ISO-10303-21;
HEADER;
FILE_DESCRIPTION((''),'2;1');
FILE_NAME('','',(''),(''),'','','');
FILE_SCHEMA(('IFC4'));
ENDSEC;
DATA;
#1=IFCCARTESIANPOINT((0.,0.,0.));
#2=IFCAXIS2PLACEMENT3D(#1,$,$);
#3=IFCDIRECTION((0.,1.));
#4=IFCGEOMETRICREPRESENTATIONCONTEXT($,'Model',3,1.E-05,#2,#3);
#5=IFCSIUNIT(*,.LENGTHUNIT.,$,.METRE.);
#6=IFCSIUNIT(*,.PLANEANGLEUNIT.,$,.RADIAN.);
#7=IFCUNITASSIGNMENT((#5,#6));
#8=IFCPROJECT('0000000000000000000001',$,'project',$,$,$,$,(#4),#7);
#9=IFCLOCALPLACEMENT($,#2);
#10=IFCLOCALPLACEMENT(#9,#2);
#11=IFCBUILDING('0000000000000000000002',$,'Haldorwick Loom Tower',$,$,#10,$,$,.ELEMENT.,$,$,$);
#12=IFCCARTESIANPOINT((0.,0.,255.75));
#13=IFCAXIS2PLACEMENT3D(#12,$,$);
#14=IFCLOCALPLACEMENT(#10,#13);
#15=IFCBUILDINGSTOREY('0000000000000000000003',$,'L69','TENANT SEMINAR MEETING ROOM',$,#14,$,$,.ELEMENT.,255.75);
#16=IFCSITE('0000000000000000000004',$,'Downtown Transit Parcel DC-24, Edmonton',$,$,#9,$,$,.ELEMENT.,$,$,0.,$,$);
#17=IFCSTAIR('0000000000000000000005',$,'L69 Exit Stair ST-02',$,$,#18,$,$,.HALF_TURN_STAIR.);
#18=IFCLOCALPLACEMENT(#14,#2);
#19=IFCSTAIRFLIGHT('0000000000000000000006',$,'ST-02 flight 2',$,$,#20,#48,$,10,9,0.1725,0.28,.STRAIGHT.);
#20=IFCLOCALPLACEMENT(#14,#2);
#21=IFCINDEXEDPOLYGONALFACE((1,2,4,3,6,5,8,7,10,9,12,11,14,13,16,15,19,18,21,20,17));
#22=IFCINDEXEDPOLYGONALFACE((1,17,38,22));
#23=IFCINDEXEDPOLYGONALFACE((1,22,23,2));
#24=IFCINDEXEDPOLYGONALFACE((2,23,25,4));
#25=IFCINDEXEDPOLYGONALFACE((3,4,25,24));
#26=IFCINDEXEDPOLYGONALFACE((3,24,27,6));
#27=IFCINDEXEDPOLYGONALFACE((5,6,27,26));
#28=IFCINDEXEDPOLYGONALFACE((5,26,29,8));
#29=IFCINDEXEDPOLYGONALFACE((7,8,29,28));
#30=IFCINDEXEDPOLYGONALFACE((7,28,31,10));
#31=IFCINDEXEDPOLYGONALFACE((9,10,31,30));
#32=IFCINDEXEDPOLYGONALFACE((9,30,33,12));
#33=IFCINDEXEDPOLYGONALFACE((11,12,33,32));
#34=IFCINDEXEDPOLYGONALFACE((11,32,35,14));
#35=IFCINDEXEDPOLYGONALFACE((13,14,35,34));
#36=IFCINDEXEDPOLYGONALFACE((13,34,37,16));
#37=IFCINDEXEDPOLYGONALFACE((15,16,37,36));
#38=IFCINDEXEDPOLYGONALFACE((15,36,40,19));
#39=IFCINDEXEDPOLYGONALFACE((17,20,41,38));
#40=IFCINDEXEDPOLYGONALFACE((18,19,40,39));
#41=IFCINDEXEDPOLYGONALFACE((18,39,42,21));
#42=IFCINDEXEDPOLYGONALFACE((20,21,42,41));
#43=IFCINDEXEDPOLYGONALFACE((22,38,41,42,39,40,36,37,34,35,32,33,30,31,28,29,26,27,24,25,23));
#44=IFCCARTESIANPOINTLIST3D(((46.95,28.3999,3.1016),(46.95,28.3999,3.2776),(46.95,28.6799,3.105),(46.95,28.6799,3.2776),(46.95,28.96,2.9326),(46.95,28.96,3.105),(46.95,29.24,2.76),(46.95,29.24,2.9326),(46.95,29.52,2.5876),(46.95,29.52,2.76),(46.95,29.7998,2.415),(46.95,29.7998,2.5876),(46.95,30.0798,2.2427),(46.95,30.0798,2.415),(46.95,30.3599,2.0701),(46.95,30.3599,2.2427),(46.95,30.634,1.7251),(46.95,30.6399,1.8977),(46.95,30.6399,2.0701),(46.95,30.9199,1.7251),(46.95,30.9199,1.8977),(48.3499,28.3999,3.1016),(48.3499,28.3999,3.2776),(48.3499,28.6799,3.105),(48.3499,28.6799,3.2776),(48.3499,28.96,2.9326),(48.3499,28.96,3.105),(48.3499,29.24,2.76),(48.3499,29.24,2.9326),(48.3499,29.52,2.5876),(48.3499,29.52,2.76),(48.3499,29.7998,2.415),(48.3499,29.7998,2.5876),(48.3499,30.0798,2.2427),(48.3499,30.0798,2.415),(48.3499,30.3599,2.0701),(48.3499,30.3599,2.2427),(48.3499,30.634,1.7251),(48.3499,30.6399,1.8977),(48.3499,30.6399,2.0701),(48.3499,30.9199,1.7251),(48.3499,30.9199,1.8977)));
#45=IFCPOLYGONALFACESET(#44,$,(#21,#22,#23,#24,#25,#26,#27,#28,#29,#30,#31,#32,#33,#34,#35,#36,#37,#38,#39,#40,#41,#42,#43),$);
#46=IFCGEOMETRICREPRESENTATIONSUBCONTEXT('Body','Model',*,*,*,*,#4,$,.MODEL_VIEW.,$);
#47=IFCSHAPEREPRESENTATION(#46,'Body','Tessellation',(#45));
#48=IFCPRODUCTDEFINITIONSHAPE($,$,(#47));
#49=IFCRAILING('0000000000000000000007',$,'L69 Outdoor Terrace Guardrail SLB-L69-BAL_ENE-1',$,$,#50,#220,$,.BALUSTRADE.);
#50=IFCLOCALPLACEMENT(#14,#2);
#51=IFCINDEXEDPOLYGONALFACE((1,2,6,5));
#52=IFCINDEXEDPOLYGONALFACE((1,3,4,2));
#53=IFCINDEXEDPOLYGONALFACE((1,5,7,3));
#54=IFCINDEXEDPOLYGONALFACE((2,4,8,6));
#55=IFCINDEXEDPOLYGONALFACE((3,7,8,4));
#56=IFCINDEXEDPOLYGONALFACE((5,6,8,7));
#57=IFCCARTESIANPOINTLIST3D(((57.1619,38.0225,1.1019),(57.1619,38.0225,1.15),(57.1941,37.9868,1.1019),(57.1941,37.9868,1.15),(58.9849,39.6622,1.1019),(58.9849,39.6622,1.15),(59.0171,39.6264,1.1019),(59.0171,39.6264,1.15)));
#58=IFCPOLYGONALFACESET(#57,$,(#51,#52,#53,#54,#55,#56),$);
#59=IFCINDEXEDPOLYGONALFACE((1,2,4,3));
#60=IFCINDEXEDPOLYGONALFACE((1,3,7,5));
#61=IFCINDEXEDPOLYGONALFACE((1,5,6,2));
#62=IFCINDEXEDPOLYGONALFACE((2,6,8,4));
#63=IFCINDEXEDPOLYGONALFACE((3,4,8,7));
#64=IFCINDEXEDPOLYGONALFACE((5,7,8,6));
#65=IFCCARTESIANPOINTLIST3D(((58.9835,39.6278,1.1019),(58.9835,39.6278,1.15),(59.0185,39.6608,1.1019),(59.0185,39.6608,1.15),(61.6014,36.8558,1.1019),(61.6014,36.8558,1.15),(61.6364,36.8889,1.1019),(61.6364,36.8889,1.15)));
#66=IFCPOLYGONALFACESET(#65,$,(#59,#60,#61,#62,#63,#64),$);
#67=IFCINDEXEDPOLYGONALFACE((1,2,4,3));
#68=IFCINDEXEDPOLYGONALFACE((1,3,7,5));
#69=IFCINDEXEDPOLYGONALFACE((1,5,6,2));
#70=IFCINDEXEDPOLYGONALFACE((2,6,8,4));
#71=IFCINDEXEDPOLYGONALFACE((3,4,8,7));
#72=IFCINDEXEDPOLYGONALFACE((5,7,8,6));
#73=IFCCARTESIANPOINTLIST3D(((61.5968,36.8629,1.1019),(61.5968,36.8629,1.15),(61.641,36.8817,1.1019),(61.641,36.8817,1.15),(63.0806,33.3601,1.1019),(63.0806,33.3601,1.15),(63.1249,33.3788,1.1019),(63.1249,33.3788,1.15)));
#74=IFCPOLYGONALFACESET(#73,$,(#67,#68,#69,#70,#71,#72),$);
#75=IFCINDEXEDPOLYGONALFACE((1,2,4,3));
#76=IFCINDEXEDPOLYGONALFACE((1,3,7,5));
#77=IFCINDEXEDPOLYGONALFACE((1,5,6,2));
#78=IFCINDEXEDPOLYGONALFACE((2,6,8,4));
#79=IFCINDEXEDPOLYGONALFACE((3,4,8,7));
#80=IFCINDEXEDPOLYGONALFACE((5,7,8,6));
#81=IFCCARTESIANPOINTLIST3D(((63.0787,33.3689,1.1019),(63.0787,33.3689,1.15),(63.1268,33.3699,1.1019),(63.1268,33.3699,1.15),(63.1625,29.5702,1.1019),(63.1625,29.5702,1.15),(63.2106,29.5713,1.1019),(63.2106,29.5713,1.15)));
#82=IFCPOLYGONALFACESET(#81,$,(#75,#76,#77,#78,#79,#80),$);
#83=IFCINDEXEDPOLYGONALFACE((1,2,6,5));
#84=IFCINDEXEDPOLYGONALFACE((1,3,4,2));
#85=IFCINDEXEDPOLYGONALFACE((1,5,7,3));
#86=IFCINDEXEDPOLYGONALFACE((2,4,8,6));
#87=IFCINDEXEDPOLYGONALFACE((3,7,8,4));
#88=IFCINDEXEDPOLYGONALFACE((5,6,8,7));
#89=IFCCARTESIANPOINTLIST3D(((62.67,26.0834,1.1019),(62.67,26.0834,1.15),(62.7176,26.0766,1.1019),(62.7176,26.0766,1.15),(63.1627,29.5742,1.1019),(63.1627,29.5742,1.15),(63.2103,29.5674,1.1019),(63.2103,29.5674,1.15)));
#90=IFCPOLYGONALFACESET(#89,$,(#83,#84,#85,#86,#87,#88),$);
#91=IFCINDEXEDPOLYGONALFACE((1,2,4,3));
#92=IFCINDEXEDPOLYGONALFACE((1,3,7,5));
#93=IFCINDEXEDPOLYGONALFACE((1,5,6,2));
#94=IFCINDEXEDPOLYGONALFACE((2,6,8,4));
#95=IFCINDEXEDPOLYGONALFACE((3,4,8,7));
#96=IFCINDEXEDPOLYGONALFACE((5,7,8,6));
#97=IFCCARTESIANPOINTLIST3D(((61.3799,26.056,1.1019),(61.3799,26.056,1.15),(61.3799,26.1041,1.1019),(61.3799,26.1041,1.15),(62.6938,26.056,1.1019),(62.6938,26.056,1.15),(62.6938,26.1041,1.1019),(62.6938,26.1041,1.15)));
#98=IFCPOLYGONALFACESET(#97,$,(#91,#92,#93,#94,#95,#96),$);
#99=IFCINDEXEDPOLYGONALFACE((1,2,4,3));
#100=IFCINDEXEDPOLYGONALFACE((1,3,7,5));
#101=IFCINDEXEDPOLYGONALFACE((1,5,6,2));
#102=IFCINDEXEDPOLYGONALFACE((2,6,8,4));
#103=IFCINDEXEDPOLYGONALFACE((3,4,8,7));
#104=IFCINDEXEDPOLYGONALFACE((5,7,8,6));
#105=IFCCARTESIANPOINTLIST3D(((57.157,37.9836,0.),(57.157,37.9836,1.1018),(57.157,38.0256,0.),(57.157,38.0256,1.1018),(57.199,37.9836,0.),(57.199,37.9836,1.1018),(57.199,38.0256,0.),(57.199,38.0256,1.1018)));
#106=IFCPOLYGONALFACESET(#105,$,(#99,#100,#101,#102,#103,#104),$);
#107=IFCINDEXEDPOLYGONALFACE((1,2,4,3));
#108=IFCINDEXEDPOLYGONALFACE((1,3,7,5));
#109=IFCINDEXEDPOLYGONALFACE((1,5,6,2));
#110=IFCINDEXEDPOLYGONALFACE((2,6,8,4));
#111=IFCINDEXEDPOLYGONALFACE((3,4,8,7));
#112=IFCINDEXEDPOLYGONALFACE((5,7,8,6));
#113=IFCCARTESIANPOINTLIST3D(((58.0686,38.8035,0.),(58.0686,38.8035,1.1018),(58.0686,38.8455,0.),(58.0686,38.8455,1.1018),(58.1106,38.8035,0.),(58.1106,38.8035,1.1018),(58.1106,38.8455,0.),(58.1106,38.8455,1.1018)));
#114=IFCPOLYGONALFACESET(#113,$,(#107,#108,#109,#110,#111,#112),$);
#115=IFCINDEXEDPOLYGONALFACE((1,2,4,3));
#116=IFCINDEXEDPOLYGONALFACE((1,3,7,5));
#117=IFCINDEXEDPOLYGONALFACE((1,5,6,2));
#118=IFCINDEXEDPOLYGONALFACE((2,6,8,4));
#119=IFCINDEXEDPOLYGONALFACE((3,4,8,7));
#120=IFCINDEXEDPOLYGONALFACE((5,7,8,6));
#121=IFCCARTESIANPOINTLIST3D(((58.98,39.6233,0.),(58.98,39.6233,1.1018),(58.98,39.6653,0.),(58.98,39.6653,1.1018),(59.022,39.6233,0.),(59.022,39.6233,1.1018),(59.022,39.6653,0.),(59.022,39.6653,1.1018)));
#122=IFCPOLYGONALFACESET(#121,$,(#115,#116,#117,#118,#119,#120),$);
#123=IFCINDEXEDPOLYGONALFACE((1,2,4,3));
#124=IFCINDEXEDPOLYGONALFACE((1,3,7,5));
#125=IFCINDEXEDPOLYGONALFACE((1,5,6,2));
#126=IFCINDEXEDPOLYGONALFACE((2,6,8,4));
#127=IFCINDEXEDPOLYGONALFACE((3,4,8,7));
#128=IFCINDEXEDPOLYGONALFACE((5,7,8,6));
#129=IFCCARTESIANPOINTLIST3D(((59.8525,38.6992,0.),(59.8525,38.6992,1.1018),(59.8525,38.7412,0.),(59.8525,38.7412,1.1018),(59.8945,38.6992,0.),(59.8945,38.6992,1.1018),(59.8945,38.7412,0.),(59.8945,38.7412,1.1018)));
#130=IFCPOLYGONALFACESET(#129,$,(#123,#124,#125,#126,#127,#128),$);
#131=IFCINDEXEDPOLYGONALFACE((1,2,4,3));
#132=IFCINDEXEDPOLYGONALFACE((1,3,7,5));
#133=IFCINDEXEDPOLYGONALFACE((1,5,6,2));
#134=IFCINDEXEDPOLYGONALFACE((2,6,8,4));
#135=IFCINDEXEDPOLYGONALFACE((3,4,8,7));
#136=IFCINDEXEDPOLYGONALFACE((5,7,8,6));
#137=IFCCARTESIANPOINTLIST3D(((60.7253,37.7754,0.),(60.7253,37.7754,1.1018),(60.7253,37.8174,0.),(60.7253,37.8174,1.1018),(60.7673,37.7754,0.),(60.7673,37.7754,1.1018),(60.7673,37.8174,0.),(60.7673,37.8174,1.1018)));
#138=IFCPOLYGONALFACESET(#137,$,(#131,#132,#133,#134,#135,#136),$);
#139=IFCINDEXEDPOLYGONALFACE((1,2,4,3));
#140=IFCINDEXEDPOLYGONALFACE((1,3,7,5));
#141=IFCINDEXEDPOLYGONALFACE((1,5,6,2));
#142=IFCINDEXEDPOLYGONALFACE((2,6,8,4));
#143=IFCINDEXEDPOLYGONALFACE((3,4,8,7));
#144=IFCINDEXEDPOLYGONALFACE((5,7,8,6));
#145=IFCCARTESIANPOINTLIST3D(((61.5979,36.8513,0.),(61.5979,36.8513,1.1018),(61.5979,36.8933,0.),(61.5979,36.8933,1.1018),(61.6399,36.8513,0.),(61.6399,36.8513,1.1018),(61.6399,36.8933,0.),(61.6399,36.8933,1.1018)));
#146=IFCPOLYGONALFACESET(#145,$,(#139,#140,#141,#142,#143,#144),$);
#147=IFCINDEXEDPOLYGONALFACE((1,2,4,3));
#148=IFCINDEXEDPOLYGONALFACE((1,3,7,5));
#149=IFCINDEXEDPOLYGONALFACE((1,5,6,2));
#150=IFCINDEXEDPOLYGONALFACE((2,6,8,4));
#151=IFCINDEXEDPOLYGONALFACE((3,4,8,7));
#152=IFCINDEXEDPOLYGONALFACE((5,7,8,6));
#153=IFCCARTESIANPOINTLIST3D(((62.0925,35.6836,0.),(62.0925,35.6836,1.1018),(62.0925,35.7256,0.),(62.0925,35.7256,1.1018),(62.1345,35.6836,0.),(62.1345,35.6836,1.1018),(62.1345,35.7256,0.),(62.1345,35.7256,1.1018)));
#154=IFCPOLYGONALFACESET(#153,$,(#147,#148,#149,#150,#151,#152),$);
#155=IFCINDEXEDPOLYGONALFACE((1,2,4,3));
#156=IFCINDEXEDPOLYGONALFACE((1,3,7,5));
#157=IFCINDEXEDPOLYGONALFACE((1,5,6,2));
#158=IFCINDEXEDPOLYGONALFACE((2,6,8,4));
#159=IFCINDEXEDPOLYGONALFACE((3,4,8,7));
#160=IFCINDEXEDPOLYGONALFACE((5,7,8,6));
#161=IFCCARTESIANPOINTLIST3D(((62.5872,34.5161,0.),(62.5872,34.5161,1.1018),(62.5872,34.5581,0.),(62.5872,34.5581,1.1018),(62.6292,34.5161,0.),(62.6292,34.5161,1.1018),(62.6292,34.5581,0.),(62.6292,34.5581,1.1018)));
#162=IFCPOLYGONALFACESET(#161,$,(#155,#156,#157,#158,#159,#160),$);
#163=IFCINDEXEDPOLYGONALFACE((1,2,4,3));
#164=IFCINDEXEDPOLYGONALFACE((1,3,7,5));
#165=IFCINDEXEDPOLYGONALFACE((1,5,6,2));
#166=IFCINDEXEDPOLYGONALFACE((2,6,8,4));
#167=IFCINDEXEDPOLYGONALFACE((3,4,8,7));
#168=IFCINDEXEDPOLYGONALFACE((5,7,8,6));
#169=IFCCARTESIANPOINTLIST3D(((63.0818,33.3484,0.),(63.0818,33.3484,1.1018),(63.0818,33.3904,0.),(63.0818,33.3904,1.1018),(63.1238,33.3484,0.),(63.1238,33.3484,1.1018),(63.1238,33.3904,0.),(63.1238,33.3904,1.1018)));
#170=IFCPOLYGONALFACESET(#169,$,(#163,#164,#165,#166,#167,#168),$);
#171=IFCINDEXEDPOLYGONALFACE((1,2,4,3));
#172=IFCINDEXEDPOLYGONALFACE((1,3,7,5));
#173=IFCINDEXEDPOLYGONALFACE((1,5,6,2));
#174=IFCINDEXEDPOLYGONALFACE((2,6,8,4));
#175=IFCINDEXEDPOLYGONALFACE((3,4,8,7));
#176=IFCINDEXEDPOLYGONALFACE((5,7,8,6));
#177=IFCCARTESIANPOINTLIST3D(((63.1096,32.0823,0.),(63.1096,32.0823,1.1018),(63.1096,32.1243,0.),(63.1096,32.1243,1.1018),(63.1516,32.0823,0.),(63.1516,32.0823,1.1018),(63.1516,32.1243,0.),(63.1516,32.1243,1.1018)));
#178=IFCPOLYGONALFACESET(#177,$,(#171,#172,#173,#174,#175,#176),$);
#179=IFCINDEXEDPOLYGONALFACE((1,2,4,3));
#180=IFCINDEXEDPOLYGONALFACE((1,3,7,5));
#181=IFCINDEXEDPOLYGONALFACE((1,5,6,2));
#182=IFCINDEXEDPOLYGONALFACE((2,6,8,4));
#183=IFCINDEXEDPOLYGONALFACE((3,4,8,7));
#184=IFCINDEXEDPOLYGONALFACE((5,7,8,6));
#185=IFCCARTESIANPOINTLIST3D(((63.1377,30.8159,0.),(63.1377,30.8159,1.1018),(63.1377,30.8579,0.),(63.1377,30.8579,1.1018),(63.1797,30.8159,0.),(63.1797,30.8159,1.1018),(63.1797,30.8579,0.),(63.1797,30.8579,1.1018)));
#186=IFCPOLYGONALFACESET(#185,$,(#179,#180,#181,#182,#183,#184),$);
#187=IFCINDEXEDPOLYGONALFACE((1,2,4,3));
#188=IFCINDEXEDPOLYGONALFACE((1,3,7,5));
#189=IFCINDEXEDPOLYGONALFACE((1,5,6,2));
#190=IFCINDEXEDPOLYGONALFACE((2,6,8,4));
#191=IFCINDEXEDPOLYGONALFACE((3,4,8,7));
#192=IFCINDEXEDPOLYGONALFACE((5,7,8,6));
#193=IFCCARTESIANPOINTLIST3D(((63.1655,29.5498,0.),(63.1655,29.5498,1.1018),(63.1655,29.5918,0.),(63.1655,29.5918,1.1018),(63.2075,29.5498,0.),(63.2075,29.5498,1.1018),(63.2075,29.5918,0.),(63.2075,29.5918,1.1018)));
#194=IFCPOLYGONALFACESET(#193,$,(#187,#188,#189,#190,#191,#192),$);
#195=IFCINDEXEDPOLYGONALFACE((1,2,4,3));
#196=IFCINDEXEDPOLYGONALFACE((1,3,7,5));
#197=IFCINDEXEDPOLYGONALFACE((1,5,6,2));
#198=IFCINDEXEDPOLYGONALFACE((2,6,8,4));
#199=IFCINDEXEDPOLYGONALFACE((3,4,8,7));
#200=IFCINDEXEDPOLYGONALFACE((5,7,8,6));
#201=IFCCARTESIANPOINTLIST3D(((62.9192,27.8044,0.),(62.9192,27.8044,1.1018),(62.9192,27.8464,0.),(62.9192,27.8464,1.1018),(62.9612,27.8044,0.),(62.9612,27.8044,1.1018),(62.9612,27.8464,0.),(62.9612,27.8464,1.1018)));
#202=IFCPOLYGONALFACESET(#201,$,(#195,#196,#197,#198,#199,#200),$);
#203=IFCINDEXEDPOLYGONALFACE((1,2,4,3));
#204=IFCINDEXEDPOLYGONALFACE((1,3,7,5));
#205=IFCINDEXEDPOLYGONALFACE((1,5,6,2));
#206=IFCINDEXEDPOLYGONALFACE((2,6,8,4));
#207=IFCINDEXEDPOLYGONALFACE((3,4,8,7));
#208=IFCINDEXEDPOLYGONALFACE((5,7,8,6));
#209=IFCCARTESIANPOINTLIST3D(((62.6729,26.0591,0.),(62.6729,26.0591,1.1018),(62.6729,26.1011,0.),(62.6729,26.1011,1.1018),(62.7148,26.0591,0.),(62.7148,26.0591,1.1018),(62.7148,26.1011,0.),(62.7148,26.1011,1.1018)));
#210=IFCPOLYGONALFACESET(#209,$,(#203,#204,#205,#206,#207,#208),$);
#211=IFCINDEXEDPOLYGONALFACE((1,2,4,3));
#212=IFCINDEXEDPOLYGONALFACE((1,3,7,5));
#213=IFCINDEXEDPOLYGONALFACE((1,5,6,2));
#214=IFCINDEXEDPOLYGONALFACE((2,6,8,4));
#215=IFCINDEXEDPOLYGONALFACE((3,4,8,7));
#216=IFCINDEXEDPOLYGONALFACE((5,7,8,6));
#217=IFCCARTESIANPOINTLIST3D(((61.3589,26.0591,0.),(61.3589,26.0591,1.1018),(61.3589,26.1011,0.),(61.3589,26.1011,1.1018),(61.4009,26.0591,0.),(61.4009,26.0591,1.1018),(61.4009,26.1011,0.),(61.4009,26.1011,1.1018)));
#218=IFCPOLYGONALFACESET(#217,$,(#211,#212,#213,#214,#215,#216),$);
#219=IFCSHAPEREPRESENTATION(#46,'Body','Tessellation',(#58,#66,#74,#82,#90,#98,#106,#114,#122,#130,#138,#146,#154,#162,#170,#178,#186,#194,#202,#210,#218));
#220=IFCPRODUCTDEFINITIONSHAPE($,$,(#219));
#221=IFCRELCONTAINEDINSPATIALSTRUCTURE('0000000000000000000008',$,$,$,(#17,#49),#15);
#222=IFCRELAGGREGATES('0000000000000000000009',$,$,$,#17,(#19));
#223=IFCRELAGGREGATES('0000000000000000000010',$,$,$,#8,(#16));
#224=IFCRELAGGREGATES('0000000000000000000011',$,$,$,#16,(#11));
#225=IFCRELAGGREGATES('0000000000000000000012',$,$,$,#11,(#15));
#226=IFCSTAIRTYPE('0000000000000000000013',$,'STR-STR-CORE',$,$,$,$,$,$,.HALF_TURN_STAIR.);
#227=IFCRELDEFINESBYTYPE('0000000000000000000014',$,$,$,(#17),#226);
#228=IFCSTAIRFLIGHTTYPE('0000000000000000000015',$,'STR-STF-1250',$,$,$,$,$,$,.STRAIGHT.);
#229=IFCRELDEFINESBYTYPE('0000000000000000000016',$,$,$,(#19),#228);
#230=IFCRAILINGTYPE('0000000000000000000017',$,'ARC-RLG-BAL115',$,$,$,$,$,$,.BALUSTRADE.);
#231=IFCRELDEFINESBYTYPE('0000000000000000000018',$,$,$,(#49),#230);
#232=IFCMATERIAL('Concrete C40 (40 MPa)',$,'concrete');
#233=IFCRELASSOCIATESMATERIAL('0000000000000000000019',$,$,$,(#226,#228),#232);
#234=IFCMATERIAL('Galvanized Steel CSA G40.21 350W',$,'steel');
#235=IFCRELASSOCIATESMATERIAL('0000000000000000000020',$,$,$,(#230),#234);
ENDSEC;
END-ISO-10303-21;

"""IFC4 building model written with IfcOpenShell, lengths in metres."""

from ifc_helpers import new_model, si_unit, direction, frame, origin, origin_2d, place, context, subcontext, project, spatial, polyline, rectangle, outline, extrude, material, type_object, element, aggregate, save


model = new_model("IFC4")

# Units and contexts
model_context = context("Model", 3, precision=1e-05, world=origin(), true_north=direction((0.0, 1.0)))
body_context = subcontext(model_context, "Body", "Model", "MODEL_VIEW")
ifc_project = project(units=[si_unit("LENGTHUNIT", "METRE"), si_unit("PLANEANGLEUNIT", "RADIAN")], contexts=[model_context])

# Site, building, storey
site_placement = place(None, origin())
site = spatial("IfcSite", under=ifc_project, at=site_placement, Name="Downtown Transit Parcel DC-24, Edmonton", CompositionType="ELEMENT", RefElevation=0.0)
building_placement = place(site_placement, origin())
building = spatial("IfcBuilding", under=site, at=building_placement, Name="Haldorwick Loom Tower", CompositionType="ELEMENT")
storey_placement = place(building_placement, frame((0.0, 0.0, 255.75)))
storey = spatial("IfcBuildingStorey", under=building, at=storey_placement, Name="L69", Description="TENANT SEMINAR MEETING ROOM", CompositionType="ELEMENT", Elevation=255.75)

# Stair, stair flight
ifc_material_1 = material(Name="Concrete C40 (40 MPa)", Category="concrete")
stair_type = type_object("IfcStairType", Name="STR-STR-CORE", PredefinedType="HALF_TURN_STAIR", material=ifc_material_1)
stair_placement = place(storey_placement, origin())
stair = element("IfcStair", 1, at=stair_placement, inside=storey, type_object=stair_type, Name="L69 Exit Stair ST-02", PredefinedType="HALF_TURN_STAIR")
stair_flight_type = type_object("IfcStairFlightType", Name="STR-STF-1250", PredefinedType="STRAIGHT", material=ifc_material_1)
stair_flight_1_placement = place(storey_placement, frame((47.6499, 30.9199, 1.7251), z_axis=(0.0, 0.0, 1.0), x_axis=(0.0, -1.0, 0.0)))
stair_flight_1 = element("IfcStairFlight", 2, at=stair_flight_1_placement, type_object=stair_flight_type, Name="ST-02 flight 2", NumberOfRisers=10, NumberOfTreads=9, PredefinedType="STRAIGHT", RiserHeight=0.1725, TreadLength=0.28, context=body_context, shape_type="SweptSolid", body=[
    extrude(outline(polyline([(0.0, 0.0), (0.0, 0.1726), (0.28, 0.1726), (0.28, 0.345), (0.5601, 0.345), (0.5601, 0.5176), (0.8401, 0.5176), (0.8401, 0.6899), (1.1201, 0.6899), (1.1201, 0.8625), (1.3999, 0.8625), (1.3999, 1.0349), (1.6799, 1.0349), (1.6799, 1.2075), (1.96, 1.2075), (1.96, 1.3799), (2.24, 1.3799), (2.24, 1.5525), (2.52, 1.5525), (2.52, 1.7251), (2.52, 1.3765), (0.2859, 0.0), (0.0, 0.0)])), frame((0.0, 0.7, 0.0), z_axis=(0.0, -1.0, 0.0), x_axis=(1.0, 0.0, 0.0)), (0.0, 0.0, 1.0), 1.3999),
])
aggregate(stair, [stair_flight_1])

# Railing
ifc_material_2 = material(Name="Galvanized Steel CSA G40.21 350W", Category="steel")
railing_type_1 = type_object("IfcRailingType", Name="ARC-RLG-BAL115", PredefinedType="BALUSTRADE", material=ifc_material_2)
railing_1_placement = place(storey_placement, frame((57.178, 38.0046, 0.0)))
element("IfcRailing", 3, at=railing_1_placement, inside=storey, type_object=railing_type_1, Name="L69 Outdoor Terrace Guardrail SLB-L69-BAL_ENE-1", PredefinedType="BALUSTRADE", context=body_context, shape_type="SweptSolid", body=[
    extrude(rectangle(XDim=0.0481, YDim=0.0481, at=origin_2d()), frame((0.0, 0.0, 1.126), z_axis=(0.743507, 0.668728, 0.0), x_axis=(-0.668728, 0.743507, 0.0)), (0.0, 0.0, 1.0), 2.4519),
    extrude(rectangle(XDim=0.0481, YDim=0.0481, at=origin_2d()), frame((1.823, 1.6396, 1.126), z_axis=(0.686616, -0.72702, 0.0), x_axis=(0.72702, 0.686616, 0.0)), (0.0, 0.0, 1.0), 3.8127),
    extrude(rectangle(XDim=0.0481, YDim=0.0481, at=origin_2d()), frame((4.4409, -1.1323, 1.126), z_axis=(0.390059, -0.92079, 0.0), x_axis=(0.92079, 0.390059, 0.0)), (0.0, 0.0, 1.0), 3.8042),
    extrude(rectangle(XDim=0.0481, YDim=0.0481, at=origin_2d()), frame((5.9248, -4.6353, 1.126), z_axis=(0.02204, -0.999757, 0.0), x_axis=(0.999757, 0.02204, 0.0)), (0.0, 0.0, 1.0), 3.7996),
    extrude(rectangle(XDim=0.0481, YDim=0.0481, at=origin_2d()), frame((6.0085, -8.4338, 1.126), z_axis=(-0.139754, -0.990186, 0.0), x_axis=(0.990186, -0.139754, 0.0)), (0.0, 0.0, 1.0), 3.5254),
    extrude(rectangle(XDim=0.0481, YDim=0.0481, at=origin_2d()), frame((5.5159, -11.9246, 1.126), z_axis=(-1.0, 0.0, 0.0), x_axis=(0.0, -1.0, 0.0)), (0.0, 0.0, 1.0), 1.314),
    extrude(rectangle(XDim=0.042, YDim=0.042, at=origin_2d()), origin(), (0.0, 0.0, 1.0), 1.1018),
    extrude(rectangle(XDim=0.042, YDim=0.042, at=origin_2d()), frame((0.9116, 0.8198, 0.0)), (0.0, 0.0, 1.0), 1.1018),
    extrude(rectangle(XDim=0.042, YDim=0.042, at=origin_2d()), frame((1.823, 1.6396, 0.0)), (0.0, 0.0, 1.0), 1.1018),
    extrude(rectangle(XDim=0.042, YDim=0.042, at=origin_2d()), frame((2.6956, 0.7156, 0.0)), (0.0, 0.0, 1.0), 1.1018),
    extrude(rectangle(XDim=0.042, YDim=0.042, at=origin_2d()), frame((3.5684, -0.2083, 0.0)), (0.0, 0.0, 1.0), 1.1018),
    extrude(rectangle(XDim=0.042, YDim=0.042, at=origin_2d()), frame((4.4409, -1.1323, 0.0)), (0.0, 0.0, 1.0), 1.1018),
    extrude(rectangle(XDim=0.042, YDim=0.042, at=origin_2d()), frame((4.9355, -2.3, 0.0)), (0.0, 0.0, 1.0), 1.1018),
    extrude(rectangle(XDim=0.042, YDim=0.042, at=origin_2d()), frame((5.4302, -3.4675, 0.0)), (0.0, 0.0, 1.0), 1.1018),
    extrude(rectangle(XDim=0.042, YDim=0.042, at=origin_2d()), frame((5.9248, -4.6353, 0.0)), (0.0, 0.0, 1.0), 1.1018),
    extrude(rectangle(XDim=0.042, YDim=0.042, at=origin_2d()), frame((5.9526, -5.9014, 0.0)), (0.0, 0.0, 1.0), 1.1018),
    extrude(rectangle(XDim=0.042, YDim=0.042, at=origin_2d()), frame((5.9807, -7.1677, 0.0)), (0.0, 0.0, 1.0), 1.1018),
    extrude(rectangle(XDim=0.042, YDim=0.042, at=origin_2d()), frame((6.0085, -8.4338, 0.0)), (0.0, 0.0, 1.0), 1.1018),
    extrude(rectangle(XDim=0.042, YDim=0.042, at=origin_2d()), frame((5.7622, -10.1792, 0.0)), (0.0, 0.0, 1.0), 1.1018),
    extrude(rectangle(XDim=0.042, YDim=0.042, at=origin_2d()), frame((5.5159, -11.9246, 0.0)), (0.0, 0.0, 1.0), 1.1018),
    extrude(rectangle(XDim=0.042, YDim=0.042, at=origin_2d()), frame((4.2019, -11.9246, 0.0)), (0.0, 0.0, 1.0), 1.1018),
])

save(model, "model.ifc")
